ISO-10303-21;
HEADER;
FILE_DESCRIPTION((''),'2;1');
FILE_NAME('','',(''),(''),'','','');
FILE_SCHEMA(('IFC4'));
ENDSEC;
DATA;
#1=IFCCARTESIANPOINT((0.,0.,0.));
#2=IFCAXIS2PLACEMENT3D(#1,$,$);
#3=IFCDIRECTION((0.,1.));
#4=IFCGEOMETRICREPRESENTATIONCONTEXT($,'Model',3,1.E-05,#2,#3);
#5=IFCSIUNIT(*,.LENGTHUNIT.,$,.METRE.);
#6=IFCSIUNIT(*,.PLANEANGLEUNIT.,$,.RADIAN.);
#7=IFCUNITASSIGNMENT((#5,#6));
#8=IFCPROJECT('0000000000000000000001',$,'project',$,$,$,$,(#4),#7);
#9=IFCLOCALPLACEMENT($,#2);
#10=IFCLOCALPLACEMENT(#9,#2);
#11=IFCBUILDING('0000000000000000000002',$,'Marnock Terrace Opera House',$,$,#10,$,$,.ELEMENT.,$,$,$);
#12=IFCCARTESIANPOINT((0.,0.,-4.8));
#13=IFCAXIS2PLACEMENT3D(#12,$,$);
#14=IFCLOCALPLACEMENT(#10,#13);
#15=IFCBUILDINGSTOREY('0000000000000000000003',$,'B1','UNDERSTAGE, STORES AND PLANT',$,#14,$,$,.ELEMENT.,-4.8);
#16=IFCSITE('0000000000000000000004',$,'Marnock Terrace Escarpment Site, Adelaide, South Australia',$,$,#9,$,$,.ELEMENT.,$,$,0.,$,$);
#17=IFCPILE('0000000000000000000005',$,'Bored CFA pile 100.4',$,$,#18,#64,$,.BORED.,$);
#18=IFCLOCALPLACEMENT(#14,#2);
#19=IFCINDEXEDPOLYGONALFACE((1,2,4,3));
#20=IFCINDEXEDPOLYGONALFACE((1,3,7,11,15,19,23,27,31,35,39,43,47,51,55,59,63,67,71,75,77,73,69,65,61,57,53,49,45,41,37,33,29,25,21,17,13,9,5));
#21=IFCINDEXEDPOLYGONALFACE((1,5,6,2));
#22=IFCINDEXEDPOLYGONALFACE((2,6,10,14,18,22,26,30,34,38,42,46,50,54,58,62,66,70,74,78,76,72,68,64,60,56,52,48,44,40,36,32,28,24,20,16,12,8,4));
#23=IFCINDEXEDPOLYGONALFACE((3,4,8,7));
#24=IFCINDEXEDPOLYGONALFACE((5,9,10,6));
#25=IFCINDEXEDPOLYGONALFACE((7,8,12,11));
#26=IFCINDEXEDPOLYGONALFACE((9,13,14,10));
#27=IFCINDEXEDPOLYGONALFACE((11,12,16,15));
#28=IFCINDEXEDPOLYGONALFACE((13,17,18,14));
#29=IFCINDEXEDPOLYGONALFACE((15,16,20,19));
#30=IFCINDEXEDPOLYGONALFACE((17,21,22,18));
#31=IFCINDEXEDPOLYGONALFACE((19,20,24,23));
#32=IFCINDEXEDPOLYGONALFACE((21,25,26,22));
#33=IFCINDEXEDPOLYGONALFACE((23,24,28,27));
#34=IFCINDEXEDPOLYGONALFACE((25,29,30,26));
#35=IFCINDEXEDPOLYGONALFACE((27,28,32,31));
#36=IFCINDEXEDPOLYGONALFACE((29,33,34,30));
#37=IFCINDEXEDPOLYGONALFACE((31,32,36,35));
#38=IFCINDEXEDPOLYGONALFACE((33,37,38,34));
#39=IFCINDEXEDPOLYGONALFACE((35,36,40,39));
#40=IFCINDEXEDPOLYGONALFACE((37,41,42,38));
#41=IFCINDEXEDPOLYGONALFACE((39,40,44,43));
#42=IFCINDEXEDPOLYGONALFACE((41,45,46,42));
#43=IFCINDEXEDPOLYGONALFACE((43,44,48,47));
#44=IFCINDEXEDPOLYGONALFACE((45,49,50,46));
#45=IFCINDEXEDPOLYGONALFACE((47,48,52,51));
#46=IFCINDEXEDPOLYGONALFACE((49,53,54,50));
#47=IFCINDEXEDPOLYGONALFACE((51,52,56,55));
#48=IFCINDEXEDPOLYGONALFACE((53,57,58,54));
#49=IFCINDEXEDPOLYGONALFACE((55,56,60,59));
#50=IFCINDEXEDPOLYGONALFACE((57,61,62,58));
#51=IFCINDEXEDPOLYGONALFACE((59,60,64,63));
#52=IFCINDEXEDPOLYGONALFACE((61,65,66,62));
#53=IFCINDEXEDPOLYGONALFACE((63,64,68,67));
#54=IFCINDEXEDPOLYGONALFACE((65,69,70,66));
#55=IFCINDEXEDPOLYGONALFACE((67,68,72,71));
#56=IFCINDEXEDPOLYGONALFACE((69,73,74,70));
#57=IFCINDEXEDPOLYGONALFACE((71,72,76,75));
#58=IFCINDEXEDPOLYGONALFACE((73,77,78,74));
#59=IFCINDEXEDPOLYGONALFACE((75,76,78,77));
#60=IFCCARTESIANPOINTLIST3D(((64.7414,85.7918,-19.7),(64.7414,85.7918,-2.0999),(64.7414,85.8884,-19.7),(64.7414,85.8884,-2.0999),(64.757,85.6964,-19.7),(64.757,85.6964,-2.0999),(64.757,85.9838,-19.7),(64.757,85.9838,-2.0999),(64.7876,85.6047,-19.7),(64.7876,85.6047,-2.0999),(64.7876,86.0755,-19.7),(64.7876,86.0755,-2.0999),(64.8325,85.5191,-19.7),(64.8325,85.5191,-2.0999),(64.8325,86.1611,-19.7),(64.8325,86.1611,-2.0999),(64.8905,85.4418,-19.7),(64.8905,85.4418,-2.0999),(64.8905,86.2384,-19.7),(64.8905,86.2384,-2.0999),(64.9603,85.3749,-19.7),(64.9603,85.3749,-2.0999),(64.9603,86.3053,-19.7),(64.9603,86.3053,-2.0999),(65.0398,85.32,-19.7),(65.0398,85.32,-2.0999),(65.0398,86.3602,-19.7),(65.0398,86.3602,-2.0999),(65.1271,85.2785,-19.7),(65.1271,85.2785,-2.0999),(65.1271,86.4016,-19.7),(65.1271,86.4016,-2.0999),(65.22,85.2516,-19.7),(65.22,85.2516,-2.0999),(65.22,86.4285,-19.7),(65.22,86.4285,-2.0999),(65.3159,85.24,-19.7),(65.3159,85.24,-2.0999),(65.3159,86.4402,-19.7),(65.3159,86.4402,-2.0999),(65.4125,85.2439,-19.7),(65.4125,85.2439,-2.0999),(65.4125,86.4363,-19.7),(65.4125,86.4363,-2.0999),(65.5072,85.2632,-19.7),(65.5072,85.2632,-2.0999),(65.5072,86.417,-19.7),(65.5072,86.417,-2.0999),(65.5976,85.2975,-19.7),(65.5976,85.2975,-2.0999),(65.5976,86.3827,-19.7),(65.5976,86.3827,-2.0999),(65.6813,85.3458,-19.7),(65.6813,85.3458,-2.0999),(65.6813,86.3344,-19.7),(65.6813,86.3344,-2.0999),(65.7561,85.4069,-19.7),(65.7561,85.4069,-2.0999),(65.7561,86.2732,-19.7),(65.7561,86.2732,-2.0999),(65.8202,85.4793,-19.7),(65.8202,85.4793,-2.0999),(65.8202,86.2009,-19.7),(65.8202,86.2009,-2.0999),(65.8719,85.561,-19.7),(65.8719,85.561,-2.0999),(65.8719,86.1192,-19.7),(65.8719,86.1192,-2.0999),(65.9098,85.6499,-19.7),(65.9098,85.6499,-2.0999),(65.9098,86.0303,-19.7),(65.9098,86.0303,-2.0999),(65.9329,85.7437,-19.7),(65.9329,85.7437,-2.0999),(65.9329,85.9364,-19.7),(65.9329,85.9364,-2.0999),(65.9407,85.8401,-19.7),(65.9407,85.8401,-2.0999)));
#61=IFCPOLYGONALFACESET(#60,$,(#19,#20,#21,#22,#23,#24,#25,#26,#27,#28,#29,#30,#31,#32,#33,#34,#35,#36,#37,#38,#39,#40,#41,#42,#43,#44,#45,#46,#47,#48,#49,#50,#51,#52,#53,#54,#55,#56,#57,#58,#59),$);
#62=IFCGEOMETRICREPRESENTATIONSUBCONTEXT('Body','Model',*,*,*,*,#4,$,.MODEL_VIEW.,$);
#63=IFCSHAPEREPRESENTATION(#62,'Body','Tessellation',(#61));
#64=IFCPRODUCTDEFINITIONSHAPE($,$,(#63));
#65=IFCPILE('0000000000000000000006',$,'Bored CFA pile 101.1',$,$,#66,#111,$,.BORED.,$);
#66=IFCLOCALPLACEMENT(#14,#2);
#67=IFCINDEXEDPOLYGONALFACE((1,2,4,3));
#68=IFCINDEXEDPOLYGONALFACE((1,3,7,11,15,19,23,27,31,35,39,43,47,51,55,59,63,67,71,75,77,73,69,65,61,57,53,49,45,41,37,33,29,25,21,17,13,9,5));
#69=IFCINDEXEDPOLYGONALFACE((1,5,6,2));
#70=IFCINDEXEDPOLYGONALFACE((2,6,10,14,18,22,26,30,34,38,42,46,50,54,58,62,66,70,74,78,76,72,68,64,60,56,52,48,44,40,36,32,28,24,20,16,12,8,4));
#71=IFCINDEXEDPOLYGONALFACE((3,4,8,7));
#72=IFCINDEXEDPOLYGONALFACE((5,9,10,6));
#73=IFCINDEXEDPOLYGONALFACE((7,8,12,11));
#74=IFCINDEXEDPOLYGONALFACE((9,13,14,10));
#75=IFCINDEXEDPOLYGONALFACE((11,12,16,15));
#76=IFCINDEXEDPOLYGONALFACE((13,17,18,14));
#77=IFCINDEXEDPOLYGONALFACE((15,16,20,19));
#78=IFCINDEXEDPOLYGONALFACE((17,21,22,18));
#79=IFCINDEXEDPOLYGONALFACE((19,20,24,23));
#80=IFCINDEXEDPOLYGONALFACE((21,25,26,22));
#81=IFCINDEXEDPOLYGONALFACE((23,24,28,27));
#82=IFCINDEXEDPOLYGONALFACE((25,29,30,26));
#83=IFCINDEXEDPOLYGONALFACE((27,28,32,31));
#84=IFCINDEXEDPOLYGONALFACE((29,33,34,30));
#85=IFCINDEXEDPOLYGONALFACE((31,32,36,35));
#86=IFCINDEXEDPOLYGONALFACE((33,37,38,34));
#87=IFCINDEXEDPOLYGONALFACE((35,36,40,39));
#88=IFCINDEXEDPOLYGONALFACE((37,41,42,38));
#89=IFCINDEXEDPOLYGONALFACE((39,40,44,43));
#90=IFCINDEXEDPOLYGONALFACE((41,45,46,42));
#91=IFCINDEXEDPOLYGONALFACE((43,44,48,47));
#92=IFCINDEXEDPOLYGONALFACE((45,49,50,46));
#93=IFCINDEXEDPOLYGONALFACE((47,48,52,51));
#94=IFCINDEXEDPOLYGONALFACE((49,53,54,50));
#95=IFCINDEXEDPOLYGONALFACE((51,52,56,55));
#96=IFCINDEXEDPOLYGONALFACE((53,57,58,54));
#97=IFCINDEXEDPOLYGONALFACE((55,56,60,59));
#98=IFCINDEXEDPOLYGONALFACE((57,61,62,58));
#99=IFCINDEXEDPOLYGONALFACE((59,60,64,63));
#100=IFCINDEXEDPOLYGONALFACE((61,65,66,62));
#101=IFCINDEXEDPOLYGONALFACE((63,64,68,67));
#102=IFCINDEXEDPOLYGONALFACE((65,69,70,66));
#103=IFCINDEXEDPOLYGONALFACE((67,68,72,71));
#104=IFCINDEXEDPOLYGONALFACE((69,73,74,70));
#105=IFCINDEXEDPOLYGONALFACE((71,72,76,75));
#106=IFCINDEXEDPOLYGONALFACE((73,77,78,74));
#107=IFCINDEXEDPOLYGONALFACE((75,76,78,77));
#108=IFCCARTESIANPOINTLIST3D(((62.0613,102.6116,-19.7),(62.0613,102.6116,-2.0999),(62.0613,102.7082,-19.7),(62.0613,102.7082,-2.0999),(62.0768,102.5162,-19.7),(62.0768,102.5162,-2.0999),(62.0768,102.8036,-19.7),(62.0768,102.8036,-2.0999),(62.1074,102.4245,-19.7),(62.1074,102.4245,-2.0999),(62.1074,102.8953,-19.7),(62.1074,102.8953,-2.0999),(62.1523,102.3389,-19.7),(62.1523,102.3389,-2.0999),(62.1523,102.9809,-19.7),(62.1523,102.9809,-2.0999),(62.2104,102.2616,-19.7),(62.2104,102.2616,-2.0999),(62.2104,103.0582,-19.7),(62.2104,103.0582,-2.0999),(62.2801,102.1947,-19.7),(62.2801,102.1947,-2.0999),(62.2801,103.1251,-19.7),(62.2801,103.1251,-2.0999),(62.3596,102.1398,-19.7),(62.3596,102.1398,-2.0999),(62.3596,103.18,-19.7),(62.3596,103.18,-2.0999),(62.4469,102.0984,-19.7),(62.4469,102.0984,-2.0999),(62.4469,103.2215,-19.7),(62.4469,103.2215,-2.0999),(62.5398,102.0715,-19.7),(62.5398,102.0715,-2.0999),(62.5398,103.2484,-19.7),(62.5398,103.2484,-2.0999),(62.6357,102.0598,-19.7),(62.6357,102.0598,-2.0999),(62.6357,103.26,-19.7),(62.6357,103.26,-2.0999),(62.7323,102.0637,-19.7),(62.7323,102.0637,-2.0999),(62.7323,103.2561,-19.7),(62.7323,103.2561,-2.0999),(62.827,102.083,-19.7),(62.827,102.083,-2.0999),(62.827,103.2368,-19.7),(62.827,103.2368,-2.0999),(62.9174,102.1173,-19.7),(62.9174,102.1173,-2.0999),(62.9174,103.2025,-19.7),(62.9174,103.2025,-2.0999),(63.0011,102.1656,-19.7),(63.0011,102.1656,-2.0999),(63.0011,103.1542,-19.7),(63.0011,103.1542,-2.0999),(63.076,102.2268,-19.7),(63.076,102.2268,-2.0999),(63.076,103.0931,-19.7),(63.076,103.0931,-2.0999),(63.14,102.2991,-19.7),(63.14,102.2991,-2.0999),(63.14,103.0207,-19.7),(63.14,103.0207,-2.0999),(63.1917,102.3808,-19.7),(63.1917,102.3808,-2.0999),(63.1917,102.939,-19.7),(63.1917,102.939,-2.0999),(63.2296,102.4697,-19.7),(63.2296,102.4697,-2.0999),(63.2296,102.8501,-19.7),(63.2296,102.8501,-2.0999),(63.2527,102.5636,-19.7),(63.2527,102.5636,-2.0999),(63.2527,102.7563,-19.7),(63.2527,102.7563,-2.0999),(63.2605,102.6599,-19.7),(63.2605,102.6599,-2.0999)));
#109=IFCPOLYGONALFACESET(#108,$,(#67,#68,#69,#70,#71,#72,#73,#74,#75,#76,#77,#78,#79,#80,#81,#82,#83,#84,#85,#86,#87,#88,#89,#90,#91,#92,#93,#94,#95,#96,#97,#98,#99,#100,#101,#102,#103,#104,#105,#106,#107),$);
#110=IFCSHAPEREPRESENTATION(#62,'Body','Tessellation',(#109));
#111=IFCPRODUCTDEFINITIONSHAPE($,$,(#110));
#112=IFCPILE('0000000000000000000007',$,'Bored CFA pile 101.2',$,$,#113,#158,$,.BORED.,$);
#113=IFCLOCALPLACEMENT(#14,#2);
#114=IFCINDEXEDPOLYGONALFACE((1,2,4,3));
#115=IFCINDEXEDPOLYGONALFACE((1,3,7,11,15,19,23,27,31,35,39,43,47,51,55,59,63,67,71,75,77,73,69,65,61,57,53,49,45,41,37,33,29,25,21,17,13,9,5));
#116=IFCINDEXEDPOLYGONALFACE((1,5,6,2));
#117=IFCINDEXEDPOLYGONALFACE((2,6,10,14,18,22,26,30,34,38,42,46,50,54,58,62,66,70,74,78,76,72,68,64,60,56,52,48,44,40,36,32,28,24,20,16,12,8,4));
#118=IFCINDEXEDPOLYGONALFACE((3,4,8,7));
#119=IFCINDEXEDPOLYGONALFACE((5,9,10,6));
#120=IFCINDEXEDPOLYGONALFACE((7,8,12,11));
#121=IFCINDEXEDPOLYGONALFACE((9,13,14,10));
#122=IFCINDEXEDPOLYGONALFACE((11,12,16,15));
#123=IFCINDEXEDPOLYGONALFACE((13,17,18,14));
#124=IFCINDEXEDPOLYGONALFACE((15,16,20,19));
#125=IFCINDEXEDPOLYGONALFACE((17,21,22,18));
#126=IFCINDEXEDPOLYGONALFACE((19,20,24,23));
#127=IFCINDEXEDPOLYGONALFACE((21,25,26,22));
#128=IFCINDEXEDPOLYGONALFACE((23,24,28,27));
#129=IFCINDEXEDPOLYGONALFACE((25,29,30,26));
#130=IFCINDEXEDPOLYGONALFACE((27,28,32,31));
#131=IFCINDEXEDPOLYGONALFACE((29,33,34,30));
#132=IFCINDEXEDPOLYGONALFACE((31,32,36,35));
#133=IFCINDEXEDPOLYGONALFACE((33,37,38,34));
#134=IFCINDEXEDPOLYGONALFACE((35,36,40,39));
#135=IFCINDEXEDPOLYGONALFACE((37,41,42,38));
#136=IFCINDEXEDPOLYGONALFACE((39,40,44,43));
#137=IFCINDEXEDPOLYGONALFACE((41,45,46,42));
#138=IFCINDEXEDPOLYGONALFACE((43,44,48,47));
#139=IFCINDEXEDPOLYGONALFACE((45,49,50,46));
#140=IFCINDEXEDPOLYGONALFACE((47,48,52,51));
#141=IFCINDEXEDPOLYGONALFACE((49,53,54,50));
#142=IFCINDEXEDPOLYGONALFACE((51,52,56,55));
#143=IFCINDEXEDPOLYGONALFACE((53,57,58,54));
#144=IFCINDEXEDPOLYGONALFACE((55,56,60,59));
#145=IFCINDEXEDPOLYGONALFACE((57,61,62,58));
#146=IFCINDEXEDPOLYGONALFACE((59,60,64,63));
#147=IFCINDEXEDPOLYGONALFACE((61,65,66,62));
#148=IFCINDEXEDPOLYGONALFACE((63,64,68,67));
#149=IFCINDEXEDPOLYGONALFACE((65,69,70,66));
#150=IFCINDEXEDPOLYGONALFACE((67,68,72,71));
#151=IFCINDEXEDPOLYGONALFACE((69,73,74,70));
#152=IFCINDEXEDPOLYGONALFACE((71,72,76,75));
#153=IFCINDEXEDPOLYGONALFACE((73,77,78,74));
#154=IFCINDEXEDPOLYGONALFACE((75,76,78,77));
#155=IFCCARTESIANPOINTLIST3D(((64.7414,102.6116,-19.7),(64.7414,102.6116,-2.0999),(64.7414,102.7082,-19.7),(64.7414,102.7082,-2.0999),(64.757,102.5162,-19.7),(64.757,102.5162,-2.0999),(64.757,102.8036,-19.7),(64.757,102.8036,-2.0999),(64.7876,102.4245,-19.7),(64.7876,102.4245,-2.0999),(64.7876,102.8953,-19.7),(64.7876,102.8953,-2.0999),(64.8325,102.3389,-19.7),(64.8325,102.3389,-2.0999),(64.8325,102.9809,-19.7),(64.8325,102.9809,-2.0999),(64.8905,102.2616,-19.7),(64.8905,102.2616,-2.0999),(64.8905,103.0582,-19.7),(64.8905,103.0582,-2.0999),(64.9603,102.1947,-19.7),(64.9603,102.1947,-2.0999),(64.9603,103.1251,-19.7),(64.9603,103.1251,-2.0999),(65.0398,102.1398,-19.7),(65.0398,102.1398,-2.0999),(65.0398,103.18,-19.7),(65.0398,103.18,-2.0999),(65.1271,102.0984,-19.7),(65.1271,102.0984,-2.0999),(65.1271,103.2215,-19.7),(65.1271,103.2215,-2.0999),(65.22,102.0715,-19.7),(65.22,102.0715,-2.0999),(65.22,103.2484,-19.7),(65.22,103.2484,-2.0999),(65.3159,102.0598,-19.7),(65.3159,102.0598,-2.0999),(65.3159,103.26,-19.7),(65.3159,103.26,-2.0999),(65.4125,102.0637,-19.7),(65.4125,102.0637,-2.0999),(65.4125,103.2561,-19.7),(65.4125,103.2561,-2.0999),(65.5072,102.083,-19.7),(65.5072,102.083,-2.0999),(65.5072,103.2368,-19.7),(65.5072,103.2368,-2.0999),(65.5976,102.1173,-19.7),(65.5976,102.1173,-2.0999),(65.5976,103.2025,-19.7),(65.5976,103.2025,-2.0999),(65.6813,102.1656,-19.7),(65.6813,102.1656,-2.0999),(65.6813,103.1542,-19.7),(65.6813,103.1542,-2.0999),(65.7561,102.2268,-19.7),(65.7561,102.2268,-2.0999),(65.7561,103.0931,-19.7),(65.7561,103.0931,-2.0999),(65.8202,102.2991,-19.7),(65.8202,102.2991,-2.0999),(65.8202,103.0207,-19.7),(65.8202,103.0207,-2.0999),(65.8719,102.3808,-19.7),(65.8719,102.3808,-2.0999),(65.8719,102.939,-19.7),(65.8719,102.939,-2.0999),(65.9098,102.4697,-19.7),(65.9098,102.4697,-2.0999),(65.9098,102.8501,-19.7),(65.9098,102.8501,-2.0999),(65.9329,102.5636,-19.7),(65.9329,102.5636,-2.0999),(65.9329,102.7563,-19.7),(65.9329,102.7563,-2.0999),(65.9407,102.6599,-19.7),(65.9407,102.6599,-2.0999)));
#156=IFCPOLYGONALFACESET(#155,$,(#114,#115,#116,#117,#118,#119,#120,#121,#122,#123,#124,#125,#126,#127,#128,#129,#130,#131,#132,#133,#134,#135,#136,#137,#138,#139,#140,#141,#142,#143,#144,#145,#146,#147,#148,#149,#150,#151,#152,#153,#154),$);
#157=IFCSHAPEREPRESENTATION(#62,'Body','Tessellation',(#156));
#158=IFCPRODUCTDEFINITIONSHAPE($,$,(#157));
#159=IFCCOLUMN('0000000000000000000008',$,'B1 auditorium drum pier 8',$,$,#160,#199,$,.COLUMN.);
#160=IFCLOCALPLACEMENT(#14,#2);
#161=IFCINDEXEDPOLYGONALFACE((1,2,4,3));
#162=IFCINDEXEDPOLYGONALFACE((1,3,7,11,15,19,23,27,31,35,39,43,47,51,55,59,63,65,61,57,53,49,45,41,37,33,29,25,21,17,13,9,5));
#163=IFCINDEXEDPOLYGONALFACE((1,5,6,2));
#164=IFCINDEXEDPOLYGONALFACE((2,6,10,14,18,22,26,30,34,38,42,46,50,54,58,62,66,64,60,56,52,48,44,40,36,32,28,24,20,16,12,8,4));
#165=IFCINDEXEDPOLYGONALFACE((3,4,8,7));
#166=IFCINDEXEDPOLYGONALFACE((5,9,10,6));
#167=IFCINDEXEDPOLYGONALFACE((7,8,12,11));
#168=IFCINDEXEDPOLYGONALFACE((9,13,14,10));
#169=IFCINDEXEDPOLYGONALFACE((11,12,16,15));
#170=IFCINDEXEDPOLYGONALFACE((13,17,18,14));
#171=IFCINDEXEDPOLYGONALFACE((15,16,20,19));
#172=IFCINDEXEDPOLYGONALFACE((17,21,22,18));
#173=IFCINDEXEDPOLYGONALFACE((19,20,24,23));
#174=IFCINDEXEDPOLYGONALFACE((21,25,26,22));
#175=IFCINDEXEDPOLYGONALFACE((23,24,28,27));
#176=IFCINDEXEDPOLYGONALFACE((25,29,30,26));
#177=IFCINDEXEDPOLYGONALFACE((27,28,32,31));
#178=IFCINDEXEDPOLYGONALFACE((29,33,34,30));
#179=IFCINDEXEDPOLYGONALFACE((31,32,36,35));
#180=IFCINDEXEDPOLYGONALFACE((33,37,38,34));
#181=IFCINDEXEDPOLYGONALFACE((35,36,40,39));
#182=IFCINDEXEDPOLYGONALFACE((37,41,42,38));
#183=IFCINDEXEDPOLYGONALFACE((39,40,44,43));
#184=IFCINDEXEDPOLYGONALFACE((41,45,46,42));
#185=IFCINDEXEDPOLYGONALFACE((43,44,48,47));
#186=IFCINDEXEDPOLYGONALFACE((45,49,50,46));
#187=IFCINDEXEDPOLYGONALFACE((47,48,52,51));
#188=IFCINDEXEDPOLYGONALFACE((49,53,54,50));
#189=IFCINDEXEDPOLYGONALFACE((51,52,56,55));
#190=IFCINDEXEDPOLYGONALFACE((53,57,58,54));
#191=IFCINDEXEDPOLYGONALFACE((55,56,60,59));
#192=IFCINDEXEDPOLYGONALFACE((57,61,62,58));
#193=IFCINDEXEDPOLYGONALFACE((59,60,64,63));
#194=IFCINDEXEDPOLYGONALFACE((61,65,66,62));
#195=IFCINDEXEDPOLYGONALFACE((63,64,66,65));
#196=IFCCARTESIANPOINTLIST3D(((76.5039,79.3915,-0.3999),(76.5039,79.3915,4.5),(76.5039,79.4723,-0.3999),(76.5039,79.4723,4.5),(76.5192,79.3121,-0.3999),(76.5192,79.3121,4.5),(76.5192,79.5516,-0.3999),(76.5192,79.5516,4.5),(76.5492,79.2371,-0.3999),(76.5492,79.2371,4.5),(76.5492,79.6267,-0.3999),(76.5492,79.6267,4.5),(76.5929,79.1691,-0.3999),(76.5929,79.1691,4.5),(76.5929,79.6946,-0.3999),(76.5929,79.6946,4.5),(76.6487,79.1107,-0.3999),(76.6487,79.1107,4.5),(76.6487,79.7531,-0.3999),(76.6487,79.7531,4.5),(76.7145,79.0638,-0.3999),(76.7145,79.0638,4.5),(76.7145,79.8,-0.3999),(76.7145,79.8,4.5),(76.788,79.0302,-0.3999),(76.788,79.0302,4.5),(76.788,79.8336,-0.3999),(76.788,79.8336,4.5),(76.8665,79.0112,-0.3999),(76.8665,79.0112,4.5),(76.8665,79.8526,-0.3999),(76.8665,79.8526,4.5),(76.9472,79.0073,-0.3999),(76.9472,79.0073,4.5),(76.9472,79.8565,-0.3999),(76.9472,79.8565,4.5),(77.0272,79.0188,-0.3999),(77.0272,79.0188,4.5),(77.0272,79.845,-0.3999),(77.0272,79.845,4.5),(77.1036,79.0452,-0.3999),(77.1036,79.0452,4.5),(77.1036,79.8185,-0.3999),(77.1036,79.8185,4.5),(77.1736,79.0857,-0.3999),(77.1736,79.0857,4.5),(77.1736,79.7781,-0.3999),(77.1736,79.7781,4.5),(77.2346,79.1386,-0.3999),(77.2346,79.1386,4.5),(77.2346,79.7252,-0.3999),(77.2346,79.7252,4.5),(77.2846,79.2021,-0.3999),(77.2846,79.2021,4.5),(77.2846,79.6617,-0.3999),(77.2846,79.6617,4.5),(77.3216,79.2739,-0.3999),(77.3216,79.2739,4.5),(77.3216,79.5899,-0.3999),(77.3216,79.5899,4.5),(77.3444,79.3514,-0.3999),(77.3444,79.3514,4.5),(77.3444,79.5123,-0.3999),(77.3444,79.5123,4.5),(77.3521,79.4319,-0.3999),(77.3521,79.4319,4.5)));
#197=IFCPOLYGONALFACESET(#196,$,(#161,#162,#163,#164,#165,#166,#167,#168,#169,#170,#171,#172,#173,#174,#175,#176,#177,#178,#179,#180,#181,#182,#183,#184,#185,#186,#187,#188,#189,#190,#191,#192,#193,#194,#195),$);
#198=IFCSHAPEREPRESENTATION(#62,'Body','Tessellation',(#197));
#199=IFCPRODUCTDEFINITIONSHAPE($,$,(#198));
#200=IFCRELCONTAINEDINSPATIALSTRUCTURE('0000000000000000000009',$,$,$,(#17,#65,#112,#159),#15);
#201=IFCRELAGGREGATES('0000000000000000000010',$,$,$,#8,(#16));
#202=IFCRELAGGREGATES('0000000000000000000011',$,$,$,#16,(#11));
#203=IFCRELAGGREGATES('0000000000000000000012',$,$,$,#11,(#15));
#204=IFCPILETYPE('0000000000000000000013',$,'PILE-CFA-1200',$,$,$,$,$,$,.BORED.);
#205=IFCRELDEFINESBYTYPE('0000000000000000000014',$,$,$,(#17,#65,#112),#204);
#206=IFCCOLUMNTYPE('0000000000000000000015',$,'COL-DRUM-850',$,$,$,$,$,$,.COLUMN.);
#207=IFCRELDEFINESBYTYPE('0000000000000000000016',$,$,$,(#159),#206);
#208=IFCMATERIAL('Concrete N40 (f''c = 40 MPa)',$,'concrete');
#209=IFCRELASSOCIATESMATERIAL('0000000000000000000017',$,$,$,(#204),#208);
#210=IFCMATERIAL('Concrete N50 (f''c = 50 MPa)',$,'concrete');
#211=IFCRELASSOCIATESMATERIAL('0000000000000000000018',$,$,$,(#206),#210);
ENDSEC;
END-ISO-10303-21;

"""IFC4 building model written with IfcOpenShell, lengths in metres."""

from ifc_helpers import new_model, si_unit, direction, frame, origin, origin_2d, place, context, subcontext, project, spatial, circle, extrude, material, material_profile, profile_set, type_object, element, save


model = new_model("IFC4")

# Units and contexts
model_context = context("Model", 3, precision=1e-05, world=origin(), true_north=direction((0.0, 1.0)))
body_context = subcontext(model_context, "Body", "Model", "MODEL_VIEW")
ifc_project = project(units=[si_unit("LENGTHUNIT", "METRE"), si_unit("PLANEANGLEUNIT", "RADIAN")], contexts=[model_context])

# Site, building, storey
site_placement = place(None, origin())
site = spatial("IfcSite", under=ifc_project, at=site_placement, Name="Marnock Terrace Escarpment Site, Adelaide, South Australia", CompositionType="ELEMENT", RefElevation=0.0)
building_placement = place(site_placement, origin())
building = spatial("IfcBuilding", under=site, at=building_placement, Name="Marnock Terrace Opera House", CompositionType="ELEMENT")
storey_placement = place(building_placement, frame((0.0, 0.0, -4.8)))
storey = spatial("IfcBuildingStorey", under=building, at=storey_placement, Name="B1", Description="UNDERSTAGE, STORES AND PLANT", CompositionType="ELEMENT", Elevation=-4.8)

# Shared definitions
ifc_material_1 = material(Name="Concrete N40 (f'c = 40 MPa)", Category="concrete")

# Piles
ifc_material_profile_1 = material_profile(ifc_material_1, circle(Radius=0.6006, at=origin_2d()))
ifc_profile_set_1 = profile_set([ifc_material_profile_1], Name="Concrete N40 (f'c = 40 MPa)")
pile_type = type_object("IfcPileType", Name="PILE-CFA-1200", PredefinedType="BORED", material=ifc_profile_set_1)
for number, where, z_axis, x_axis, name in (
    (1, (65.3401, 85.8401, -2.0999), (0.0, 0.0, -1.0), (1.0, 0.0, 0.0), "Bored CFA pile 100.4"),
    (2, (62.6599, 102.6599, -2.0999), (0.0, 0.0, -1.0), (1.0, 0.0, 0.0), "Bored CFA pile 101.1"),
    (3, (65.3401, 102.6599, -2.0999), (0.0, 0.0, -1.0), (1.0, 0.0, 0.0), "Bored CFA pile 101.2"),
):
    element("IfcPile", number, at=place(storey_placement, frame(where, z_axis=z_axis, x_axis=x_axis)), inside=storey, type_object=pile_type, Name=name, PredefinedType="BORED", context=body_context, shape_type="SweptSolid", body=[
        extrude(circle(Radius=0.6006, at=origin_2d()), origin(), (0.0, 0.0, 1.0), 17.6001),
    ])

# Column
ifc_material_2 = material(Name="Concrete N50 (f'c = 50 MPa)", Category="concrete")
ifc_material_profile_2 = material_profile(ifc_material_2, circle(Radius=0.425, at=origin_2d()))
ifc_profile_set_2 = profile_set([ifc_material_profile_2], Name="Concrete N50 (f'c = 50 MPa)")
column_type_1 = type_object("IfcColumnType", Name="COL-DRUM-850", PredefinedType="COLUMN", material=ifc_profile_set_2)
column_1_placement = place(storey_placement, frame((76.927, 79.4319, -0.3999), z_axis=(0.0, 0.0, 1.0), x_axis=(1.0, 0.0, 0.0)))
element("IfcColumn", 4, at=column_1_placement, inside=storey, type_object=column_type_1, Name="B1 auditorium drum pier 8", PredefinedType="COLUMN", context=body_context, shape_type="SweptSolid", body=[
    extrude(circle(Radius=0.425, at=origin_2d()), origin(), (0.0, 0.0, 1.0), 4.8999),
])

save(model, "model.ifc")
